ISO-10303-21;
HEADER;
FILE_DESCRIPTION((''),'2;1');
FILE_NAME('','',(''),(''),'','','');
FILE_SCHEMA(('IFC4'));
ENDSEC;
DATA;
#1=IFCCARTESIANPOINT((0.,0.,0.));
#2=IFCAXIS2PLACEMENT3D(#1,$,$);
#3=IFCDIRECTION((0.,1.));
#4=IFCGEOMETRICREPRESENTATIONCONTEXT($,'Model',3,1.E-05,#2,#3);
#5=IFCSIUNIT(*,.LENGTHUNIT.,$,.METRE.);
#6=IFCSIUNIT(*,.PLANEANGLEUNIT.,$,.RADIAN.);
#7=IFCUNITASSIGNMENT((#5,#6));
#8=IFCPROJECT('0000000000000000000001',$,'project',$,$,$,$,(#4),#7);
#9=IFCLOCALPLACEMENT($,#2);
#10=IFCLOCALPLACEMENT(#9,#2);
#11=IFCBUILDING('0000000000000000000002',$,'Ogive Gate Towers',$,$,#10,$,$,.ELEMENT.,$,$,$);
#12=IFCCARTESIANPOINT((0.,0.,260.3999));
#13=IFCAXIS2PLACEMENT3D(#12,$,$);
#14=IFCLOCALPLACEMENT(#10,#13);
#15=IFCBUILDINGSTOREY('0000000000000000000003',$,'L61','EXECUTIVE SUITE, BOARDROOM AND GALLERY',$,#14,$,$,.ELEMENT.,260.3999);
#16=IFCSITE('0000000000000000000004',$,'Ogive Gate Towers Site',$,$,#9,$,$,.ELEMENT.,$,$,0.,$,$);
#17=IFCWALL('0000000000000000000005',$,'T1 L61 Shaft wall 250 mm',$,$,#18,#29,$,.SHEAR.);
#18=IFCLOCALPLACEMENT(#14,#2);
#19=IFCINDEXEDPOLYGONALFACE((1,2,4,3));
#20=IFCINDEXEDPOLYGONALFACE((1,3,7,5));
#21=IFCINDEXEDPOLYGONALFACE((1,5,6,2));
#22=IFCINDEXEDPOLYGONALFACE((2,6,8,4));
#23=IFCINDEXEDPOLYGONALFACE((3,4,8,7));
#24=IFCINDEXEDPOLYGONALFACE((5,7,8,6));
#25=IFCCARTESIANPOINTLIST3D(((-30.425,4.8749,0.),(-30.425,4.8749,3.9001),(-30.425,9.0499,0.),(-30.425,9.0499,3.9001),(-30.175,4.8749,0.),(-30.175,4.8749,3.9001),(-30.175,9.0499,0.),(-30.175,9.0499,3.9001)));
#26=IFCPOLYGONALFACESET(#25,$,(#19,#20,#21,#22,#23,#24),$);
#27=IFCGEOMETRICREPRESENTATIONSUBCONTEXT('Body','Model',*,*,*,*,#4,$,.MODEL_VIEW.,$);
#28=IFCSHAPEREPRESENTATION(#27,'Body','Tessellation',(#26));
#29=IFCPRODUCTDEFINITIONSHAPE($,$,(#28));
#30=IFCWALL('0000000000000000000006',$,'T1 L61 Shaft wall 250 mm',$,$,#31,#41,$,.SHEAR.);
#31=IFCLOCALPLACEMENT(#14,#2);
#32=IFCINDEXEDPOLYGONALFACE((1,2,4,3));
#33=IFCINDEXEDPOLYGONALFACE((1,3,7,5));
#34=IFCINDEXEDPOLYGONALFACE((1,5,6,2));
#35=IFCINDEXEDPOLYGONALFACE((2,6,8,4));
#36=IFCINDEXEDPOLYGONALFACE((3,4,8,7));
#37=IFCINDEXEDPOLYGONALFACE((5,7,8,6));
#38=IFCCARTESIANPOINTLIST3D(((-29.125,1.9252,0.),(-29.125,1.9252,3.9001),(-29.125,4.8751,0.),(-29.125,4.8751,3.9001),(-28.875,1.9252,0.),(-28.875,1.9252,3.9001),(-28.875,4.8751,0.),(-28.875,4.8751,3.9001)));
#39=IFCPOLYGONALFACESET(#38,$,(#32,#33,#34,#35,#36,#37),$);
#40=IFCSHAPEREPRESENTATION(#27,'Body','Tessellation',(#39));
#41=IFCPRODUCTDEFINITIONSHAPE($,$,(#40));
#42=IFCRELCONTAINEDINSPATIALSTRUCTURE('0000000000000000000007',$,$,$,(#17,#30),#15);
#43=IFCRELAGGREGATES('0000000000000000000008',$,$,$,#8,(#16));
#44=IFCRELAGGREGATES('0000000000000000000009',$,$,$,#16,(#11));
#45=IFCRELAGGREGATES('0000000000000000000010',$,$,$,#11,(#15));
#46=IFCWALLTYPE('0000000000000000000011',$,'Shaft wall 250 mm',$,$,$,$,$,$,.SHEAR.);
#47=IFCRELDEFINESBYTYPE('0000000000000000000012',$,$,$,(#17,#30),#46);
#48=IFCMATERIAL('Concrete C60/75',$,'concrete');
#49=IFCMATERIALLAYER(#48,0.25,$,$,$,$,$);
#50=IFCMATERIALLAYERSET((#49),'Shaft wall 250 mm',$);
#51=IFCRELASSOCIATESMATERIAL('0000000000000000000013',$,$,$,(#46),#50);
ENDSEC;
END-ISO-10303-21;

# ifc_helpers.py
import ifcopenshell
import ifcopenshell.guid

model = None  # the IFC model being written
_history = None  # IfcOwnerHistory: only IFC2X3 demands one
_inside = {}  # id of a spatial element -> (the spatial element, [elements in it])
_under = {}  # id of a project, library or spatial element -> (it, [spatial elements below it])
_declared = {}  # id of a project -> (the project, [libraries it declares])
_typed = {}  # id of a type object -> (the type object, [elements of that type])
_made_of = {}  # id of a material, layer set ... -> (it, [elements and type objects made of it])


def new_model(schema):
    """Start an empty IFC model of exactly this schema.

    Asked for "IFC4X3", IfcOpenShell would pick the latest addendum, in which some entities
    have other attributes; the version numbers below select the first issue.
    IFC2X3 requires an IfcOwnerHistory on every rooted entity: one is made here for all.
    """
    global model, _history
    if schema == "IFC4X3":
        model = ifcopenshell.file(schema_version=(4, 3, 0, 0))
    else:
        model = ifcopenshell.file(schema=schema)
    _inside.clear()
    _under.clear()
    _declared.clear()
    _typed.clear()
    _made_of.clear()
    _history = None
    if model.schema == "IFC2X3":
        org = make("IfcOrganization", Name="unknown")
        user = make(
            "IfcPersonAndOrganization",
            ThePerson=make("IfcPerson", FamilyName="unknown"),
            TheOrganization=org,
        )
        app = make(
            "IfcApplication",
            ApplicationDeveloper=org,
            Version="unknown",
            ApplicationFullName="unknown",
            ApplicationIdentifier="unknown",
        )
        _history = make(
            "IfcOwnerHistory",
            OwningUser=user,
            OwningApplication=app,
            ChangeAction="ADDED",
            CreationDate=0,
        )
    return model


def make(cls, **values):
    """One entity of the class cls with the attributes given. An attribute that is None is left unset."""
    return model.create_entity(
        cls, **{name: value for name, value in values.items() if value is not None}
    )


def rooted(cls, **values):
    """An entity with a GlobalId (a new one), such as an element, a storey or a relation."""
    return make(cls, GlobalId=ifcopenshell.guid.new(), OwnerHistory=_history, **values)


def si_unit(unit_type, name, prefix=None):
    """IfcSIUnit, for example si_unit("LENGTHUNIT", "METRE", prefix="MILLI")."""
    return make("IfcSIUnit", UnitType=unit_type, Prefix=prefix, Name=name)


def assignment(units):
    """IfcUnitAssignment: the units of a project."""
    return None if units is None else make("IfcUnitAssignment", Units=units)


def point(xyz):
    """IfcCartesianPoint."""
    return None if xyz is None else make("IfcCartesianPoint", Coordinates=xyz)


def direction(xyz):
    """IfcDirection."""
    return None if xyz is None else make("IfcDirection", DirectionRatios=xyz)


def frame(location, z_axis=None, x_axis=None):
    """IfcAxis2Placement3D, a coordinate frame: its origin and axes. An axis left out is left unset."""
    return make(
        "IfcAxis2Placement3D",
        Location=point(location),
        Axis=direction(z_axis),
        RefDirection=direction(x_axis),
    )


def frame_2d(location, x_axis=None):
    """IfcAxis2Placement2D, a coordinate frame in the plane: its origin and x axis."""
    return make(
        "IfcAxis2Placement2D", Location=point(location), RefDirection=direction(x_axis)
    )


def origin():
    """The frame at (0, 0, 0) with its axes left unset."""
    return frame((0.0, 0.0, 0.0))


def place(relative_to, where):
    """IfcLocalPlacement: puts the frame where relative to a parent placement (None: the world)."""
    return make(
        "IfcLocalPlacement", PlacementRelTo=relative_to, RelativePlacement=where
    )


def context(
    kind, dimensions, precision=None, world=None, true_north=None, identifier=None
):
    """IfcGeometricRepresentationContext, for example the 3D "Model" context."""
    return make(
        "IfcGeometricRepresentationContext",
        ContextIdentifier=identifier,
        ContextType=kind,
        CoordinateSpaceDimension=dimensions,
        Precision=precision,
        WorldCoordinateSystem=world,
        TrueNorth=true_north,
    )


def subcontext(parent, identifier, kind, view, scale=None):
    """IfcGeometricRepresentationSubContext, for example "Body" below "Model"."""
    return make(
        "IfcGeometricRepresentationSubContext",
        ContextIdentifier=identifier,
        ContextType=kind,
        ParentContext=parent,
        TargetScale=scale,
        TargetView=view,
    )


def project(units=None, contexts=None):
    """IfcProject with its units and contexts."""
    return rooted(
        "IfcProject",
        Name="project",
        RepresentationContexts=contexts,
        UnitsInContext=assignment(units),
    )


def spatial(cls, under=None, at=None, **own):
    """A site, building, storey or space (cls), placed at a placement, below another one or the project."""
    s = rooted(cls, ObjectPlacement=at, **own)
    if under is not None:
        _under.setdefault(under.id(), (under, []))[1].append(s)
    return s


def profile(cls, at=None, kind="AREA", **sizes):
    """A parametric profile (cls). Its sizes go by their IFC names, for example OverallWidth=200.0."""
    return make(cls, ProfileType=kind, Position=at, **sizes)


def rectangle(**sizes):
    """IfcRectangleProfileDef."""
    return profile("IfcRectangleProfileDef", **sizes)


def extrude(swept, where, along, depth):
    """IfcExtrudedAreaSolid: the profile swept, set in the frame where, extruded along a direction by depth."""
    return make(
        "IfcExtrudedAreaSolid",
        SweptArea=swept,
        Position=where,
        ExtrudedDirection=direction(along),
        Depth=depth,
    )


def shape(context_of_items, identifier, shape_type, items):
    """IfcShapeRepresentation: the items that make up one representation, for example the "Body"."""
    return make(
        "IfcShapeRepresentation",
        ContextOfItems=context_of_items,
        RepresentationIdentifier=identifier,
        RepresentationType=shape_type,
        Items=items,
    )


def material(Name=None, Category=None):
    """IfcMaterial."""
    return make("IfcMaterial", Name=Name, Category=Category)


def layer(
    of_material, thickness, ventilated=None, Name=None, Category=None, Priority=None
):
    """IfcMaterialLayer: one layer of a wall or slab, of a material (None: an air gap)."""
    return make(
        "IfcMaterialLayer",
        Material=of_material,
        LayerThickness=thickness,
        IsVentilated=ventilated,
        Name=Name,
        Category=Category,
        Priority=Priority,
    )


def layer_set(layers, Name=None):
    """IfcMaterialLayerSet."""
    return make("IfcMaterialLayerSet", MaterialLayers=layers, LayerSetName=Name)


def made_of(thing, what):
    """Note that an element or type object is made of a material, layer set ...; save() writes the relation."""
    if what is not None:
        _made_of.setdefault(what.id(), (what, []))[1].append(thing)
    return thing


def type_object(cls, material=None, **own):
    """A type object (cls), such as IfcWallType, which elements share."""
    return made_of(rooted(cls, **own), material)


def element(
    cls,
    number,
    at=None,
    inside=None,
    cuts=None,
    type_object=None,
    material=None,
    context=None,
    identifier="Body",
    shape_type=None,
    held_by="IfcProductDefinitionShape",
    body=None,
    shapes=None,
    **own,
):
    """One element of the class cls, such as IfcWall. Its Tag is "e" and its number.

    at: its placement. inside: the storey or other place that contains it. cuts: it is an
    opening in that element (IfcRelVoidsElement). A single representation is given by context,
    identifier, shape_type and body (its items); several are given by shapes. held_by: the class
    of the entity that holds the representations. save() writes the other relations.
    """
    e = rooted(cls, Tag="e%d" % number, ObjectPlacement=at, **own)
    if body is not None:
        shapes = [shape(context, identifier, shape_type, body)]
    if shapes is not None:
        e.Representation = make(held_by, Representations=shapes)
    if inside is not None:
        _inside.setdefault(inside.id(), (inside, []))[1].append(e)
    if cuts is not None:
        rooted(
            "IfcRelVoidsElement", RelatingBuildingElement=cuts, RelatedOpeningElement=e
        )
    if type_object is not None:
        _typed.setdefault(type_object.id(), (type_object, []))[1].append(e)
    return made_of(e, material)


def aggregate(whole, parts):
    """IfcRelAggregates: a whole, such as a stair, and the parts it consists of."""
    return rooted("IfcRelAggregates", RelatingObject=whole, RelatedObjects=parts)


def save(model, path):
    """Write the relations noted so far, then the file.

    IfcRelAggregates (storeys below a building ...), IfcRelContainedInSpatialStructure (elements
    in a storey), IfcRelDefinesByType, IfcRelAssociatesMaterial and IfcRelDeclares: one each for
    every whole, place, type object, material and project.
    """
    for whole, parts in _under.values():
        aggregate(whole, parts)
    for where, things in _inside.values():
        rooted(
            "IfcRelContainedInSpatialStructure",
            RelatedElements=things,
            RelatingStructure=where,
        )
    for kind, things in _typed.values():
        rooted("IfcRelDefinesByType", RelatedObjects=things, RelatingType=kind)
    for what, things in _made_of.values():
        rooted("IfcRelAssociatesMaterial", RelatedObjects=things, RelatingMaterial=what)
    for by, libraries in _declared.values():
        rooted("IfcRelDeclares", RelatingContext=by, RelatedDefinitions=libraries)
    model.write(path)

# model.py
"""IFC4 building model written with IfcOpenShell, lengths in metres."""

from ifc_helpers import new_model, si_unit, direction, frame, frame_2d, origin, place, context, subcontext, project, spatial, rectangle, extrude, material, layer, layer_set, type_object, element, save


model = new_model("IFC4")

# Units and contexts
model_context = context("Model", 3, precision=1e-05, world=origin(), true_north=direction((0.0, 1.0)))
body_context = subcontext(model_context, "Body", "Model", "MODEL_VIEW")
ifc_project = project(units=[si_unit("LENGTHUNIT", "METRE"), si_unit("PLANEANGLEUNIT", "RADIAN")], contexts=[model_context])

# Site, building, storey
site_placement = place(None, origin())
site = spatial("IfcSite", under=ifc_project, at=site_placement, Name="Ogive Gate Towers Site", CompositionType="ELEMENT", RefElevation=0.0)
building_placement = place(site_placement, origin())
building = spatial("IfcBuilding", under=site, at=building_placement, Name="Ogive Gate Towers", CompositionType="ELEMENT")
storey_placement = place(building_placement, frame((0.0, 0.0, 260.3999)))
storey = spatial("IfcBuildingStorey", under=building, at=storey_placement, Name="L61", Description="EXECUTIVE SUITE, BOARDROOM AND GALLERY", CompositionType="ELEMENT", Elevation=260.3999)

# Shared definitions
ifc_material_1 = material(Name="Concrete C60/75", Category="concrete")
ifc_layer_1 = layer(ifc_material_1, 0.25)
ifc_layer_set_1 = layer_set([ifc_layer_1], Name="Shaft wall 250 mm")
wall_type_1 = type_object("IfcWallType", Name="Shaft wall 250 mm", PredefinedType="SHEAR", material=ifc_layer_set_1)

# Walls
wall_1_placement = place(storey_placement, frame((-30.3, 4.875, 0.0), z_axis=(0.0, 0.0, 1.0), x_axis=(0.0, 1.0, 0.0)))
element("IfcWall", 1, at=wall_1_placement, inside=storey, type_object=wall_type_1, Name="T1 L61 Shaft wall 250 mm", PredefinedType="SHEAR", context=body_context, shape_type="SweptSolid", body=[
    extrude(rectangle(XDim=4.175, YDim=0.25, at=frame_2d((2.0874, 0.0))), origin(), (0.0, 0.0, 1.0), 3.9001),
])
wall_2_placement = place(storey_placement, frame((-29.0, 1.925, 0.0), z_axis=(0.0, 0.0, 1.0), x_axis=(0.0, 1.0, 0.0)))
element("IfcWall", 2, at=wall_2_placement, inside=storey, type_object=wall_type_1, Name="T1 L61 Shaft wall 250 mm", PredefinedType="SHEAR", context=body_context, shape_type="SweptSolid", body=[
    extrude(rectangle(XDim=2.95, YDim=0.25, at=frame_2d((1.4751, 0.0))), origin(), (0.0, 0.0, 1.0), 3.9001),
])

save(model, "model.ifc")
